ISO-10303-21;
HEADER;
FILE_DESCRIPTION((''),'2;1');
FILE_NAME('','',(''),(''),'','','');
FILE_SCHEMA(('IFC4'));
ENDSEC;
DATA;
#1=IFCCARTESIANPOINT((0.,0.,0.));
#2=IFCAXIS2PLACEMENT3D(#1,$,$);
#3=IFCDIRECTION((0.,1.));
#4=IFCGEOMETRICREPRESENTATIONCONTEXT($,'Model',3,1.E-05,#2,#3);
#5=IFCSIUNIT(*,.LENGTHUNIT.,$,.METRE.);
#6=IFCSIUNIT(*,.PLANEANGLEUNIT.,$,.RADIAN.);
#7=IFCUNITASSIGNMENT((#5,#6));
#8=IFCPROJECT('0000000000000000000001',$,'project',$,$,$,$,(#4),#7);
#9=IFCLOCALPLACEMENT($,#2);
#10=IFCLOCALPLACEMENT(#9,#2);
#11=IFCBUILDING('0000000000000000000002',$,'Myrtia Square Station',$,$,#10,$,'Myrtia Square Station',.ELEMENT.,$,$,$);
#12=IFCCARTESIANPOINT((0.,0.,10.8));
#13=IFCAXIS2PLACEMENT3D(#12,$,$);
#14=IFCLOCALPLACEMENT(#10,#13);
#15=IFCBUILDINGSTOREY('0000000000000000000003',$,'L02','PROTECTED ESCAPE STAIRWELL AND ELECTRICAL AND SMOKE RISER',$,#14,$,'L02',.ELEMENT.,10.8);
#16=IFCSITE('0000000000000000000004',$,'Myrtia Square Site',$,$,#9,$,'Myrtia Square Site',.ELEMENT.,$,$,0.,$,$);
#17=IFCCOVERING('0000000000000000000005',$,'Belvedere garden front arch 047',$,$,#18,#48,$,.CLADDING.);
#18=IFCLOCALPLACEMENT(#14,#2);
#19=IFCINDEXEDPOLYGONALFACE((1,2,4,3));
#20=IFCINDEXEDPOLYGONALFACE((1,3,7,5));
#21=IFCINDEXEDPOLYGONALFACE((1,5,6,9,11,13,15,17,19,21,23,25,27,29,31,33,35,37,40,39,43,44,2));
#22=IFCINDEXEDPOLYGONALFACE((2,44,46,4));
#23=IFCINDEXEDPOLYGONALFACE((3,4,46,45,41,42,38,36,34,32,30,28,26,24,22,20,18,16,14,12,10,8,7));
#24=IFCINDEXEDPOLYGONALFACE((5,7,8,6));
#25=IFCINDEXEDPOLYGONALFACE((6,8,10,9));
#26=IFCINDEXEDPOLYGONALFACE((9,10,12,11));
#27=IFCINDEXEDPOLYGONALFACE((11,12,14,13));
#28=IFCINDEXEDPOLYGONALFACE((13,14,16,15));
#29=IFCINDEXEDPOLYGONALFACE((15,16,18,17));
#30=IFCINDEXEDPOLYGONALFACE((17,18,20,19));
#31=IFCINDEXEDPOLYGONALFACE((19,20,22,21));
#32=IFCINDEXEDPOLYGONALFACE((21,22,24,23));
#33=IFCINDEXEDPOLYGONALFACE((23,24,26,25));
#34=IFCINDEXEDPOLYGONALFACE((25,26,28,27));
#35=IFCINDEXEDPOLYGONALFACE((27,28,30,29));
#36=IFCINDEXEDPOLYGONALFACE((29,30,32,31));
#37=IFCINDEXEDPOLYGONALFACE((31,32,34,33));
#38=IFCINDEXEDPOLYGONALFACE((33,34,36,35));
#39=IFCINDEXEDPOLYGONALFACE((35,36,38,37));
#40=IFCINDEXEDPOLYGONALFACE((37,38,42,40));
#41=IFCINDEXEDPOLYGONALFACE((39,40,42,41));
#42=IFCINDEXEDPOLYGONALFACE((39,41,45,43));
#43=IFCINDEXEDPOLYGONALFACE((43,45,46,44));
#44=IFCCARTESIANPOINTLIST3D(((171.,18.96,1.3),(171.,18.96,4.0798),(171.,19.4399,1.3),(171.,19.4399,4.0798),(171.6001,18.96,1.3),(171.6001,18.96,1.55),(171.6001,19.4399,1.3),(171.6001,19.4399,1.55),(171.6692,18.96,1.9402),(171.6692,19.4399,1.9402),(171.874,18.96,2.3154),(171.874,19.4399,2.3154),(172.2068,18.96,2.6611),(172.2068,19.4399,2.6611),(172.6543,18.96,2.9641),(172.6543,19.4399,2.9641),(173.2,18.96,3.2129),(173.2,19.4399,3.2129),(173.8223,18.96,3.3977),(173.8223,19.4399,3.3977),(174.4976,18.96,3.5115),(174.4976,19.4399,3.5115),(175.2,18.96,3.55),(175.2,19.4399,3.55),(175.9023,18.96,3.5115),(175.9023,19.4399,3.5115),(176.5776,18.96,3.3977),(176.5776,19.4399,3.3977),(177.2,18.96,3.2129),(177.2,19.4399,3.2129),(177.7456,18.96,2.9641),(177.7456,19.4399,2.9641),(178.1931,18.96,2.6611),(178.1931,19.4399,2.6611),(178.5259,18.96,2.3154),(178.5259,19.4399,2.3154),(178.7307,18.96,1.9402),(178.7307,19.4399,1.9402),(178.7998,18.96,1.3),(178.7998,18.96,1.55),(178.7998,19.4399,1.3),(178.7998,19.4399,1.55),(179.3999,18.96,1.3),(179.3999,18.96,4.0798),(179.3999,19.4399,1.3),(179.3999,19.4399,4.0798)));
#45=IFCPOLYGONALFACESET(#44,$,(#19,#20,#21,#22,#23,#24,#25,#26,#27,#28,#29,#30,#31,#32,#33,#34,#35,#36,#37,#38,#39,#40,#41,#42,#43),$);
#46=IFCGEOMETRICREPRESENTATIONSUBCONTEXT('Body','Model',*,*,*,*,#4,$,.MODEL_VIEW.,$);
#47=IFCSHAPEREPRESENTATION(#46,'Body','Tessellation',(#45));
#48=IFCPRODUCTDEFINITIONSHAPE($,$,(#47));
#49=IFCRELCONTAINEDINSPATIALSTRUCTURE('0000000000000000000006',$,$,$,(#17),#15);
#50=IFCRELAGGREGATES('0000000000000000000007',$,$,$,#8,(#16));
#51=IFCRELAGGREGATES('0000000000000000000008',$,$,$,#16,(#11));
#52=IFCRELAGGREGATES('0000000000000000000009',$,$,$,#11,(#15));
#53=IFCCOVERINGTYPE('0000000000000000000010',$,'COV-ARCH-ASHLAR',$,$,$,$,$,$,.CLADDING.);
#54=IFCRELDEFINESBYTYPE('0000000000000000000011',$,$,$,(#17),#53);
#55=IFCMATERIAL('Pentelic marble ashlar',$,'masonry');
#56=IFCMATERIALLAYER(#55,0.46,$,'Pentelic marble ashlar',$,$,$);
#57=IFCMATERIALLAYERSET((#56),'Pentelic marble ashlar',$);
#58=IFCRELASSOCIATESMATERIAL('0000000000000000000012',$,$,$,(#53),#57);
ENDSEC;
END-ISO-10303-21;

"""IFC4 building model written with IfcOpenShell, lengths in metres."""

from ifc_helpers import new_model, si_unit, direction, frame, origin, place, context, subcontext, project, spatial, polyline, outline, extrude, material, layer, layer_set, type_object, element, save


model = new_model("IFC4")

# Units and contexts
model_context = context("Model", 3, precision=1e-05, world=origin(), true_north=direction((0.0, 1.0)))
body_context = subcontext(model_context, "Body", "Model", "MODEL_VIEW")
ifc_project = project(units=[si_unit("LENGTHUNIT", "METRE"), si_unit("PLANEANGLEUNIT", "RADIAN")], contexts=[model_context])

# Site, building, storey
site_placement = place(None, origin())
site = spatial("IfcSite", under=ifc_project, at=site_placement, Name="Myrtia Square Site", LongName="Myrtia Square Site", CompositionType="ELEMENT", RefElevation=0.0)
building_placement = place(site_placement, origin())
building = spatial("IfcBuilding", under=site, at=building_placement, Name="Myrtia Square Station", LongName="Myrtia Square Station", CompositionType="ELEMENT")
storey_placement = place(building_placement, frame((0.0, 0.0, 10.8)))
storey = spatial("IfcBuildingStorey", under=building, at=storey_placement, Name="L02", Description="PROTECTED ESCAPE STAIRWELL AND ELECTRICAL AND SMOKE RISER", LongName="L02", CompositionType="ELEMENT", Elevation=10.8)

# Covering
ifc_material_1 = material(Name="Pentelic marble ashlar", Category="masonry")
ifc_layer_1 = layer(ifc_material_1, 0.46, Name="Pentelic marble ashlar")
ifc_layer_set_1 = layer_set([ifc_layer_1], Name="Pentelic marble ashlar")
covering_type = type_object("IfcCoveringType", Name="COV-ARCH-ASHLAR", PredefinedType="CLADDING", material=ifc_layer_set_1)
covering_1_placement = place(storey_placement, frame((171.0, 19.2, 1.3), z_axis=(0.0, 0.0, 1.0), x_axis=(1.0, 0.0, 0.0)))
element("IfcCovering", 1, at=covering_1_placement, inside=storey, type_object=covering_type, Name="Belvedere garden front arch 047", PredefinedType="CLADDING", context=body_context, shape_type="SweptSolid", body=[
    extrude(outline(polyline([(0.0, 0.0), (0.6001, 0.0), (0.6001, 0.25), (0.6692, 0.6401), (0.874, 1.0154), (1.2068, 1.3611), (1.6543, 1.6641), (2.2, 1.9128), (2.8223, 2.0977), (3.4976, 2.2114), (4.2, 2.25), (4.9023, 2.2114), (5.5776, 2.0977), (6.2, 1.9128), (6.7456, 1.6641), (7.1931, 1.3611), (7.5259, 1.0154), (7.7307, 0.6401), (7.7998, 0.25), (7.7998, 0.0), (8.3999, 0.0), (8.3999, 2.7798), (0.0, 2.7798), (0.0, 0.0)])), frame((0.0, 0.24, 0.0), z_axis=(0.0, -1.0, 0.0), x_axis=(1.0, 0.0, 0.0)), (0.0, 0.0, 1.0), 0.48),
])

save(model, "model.ifc")
